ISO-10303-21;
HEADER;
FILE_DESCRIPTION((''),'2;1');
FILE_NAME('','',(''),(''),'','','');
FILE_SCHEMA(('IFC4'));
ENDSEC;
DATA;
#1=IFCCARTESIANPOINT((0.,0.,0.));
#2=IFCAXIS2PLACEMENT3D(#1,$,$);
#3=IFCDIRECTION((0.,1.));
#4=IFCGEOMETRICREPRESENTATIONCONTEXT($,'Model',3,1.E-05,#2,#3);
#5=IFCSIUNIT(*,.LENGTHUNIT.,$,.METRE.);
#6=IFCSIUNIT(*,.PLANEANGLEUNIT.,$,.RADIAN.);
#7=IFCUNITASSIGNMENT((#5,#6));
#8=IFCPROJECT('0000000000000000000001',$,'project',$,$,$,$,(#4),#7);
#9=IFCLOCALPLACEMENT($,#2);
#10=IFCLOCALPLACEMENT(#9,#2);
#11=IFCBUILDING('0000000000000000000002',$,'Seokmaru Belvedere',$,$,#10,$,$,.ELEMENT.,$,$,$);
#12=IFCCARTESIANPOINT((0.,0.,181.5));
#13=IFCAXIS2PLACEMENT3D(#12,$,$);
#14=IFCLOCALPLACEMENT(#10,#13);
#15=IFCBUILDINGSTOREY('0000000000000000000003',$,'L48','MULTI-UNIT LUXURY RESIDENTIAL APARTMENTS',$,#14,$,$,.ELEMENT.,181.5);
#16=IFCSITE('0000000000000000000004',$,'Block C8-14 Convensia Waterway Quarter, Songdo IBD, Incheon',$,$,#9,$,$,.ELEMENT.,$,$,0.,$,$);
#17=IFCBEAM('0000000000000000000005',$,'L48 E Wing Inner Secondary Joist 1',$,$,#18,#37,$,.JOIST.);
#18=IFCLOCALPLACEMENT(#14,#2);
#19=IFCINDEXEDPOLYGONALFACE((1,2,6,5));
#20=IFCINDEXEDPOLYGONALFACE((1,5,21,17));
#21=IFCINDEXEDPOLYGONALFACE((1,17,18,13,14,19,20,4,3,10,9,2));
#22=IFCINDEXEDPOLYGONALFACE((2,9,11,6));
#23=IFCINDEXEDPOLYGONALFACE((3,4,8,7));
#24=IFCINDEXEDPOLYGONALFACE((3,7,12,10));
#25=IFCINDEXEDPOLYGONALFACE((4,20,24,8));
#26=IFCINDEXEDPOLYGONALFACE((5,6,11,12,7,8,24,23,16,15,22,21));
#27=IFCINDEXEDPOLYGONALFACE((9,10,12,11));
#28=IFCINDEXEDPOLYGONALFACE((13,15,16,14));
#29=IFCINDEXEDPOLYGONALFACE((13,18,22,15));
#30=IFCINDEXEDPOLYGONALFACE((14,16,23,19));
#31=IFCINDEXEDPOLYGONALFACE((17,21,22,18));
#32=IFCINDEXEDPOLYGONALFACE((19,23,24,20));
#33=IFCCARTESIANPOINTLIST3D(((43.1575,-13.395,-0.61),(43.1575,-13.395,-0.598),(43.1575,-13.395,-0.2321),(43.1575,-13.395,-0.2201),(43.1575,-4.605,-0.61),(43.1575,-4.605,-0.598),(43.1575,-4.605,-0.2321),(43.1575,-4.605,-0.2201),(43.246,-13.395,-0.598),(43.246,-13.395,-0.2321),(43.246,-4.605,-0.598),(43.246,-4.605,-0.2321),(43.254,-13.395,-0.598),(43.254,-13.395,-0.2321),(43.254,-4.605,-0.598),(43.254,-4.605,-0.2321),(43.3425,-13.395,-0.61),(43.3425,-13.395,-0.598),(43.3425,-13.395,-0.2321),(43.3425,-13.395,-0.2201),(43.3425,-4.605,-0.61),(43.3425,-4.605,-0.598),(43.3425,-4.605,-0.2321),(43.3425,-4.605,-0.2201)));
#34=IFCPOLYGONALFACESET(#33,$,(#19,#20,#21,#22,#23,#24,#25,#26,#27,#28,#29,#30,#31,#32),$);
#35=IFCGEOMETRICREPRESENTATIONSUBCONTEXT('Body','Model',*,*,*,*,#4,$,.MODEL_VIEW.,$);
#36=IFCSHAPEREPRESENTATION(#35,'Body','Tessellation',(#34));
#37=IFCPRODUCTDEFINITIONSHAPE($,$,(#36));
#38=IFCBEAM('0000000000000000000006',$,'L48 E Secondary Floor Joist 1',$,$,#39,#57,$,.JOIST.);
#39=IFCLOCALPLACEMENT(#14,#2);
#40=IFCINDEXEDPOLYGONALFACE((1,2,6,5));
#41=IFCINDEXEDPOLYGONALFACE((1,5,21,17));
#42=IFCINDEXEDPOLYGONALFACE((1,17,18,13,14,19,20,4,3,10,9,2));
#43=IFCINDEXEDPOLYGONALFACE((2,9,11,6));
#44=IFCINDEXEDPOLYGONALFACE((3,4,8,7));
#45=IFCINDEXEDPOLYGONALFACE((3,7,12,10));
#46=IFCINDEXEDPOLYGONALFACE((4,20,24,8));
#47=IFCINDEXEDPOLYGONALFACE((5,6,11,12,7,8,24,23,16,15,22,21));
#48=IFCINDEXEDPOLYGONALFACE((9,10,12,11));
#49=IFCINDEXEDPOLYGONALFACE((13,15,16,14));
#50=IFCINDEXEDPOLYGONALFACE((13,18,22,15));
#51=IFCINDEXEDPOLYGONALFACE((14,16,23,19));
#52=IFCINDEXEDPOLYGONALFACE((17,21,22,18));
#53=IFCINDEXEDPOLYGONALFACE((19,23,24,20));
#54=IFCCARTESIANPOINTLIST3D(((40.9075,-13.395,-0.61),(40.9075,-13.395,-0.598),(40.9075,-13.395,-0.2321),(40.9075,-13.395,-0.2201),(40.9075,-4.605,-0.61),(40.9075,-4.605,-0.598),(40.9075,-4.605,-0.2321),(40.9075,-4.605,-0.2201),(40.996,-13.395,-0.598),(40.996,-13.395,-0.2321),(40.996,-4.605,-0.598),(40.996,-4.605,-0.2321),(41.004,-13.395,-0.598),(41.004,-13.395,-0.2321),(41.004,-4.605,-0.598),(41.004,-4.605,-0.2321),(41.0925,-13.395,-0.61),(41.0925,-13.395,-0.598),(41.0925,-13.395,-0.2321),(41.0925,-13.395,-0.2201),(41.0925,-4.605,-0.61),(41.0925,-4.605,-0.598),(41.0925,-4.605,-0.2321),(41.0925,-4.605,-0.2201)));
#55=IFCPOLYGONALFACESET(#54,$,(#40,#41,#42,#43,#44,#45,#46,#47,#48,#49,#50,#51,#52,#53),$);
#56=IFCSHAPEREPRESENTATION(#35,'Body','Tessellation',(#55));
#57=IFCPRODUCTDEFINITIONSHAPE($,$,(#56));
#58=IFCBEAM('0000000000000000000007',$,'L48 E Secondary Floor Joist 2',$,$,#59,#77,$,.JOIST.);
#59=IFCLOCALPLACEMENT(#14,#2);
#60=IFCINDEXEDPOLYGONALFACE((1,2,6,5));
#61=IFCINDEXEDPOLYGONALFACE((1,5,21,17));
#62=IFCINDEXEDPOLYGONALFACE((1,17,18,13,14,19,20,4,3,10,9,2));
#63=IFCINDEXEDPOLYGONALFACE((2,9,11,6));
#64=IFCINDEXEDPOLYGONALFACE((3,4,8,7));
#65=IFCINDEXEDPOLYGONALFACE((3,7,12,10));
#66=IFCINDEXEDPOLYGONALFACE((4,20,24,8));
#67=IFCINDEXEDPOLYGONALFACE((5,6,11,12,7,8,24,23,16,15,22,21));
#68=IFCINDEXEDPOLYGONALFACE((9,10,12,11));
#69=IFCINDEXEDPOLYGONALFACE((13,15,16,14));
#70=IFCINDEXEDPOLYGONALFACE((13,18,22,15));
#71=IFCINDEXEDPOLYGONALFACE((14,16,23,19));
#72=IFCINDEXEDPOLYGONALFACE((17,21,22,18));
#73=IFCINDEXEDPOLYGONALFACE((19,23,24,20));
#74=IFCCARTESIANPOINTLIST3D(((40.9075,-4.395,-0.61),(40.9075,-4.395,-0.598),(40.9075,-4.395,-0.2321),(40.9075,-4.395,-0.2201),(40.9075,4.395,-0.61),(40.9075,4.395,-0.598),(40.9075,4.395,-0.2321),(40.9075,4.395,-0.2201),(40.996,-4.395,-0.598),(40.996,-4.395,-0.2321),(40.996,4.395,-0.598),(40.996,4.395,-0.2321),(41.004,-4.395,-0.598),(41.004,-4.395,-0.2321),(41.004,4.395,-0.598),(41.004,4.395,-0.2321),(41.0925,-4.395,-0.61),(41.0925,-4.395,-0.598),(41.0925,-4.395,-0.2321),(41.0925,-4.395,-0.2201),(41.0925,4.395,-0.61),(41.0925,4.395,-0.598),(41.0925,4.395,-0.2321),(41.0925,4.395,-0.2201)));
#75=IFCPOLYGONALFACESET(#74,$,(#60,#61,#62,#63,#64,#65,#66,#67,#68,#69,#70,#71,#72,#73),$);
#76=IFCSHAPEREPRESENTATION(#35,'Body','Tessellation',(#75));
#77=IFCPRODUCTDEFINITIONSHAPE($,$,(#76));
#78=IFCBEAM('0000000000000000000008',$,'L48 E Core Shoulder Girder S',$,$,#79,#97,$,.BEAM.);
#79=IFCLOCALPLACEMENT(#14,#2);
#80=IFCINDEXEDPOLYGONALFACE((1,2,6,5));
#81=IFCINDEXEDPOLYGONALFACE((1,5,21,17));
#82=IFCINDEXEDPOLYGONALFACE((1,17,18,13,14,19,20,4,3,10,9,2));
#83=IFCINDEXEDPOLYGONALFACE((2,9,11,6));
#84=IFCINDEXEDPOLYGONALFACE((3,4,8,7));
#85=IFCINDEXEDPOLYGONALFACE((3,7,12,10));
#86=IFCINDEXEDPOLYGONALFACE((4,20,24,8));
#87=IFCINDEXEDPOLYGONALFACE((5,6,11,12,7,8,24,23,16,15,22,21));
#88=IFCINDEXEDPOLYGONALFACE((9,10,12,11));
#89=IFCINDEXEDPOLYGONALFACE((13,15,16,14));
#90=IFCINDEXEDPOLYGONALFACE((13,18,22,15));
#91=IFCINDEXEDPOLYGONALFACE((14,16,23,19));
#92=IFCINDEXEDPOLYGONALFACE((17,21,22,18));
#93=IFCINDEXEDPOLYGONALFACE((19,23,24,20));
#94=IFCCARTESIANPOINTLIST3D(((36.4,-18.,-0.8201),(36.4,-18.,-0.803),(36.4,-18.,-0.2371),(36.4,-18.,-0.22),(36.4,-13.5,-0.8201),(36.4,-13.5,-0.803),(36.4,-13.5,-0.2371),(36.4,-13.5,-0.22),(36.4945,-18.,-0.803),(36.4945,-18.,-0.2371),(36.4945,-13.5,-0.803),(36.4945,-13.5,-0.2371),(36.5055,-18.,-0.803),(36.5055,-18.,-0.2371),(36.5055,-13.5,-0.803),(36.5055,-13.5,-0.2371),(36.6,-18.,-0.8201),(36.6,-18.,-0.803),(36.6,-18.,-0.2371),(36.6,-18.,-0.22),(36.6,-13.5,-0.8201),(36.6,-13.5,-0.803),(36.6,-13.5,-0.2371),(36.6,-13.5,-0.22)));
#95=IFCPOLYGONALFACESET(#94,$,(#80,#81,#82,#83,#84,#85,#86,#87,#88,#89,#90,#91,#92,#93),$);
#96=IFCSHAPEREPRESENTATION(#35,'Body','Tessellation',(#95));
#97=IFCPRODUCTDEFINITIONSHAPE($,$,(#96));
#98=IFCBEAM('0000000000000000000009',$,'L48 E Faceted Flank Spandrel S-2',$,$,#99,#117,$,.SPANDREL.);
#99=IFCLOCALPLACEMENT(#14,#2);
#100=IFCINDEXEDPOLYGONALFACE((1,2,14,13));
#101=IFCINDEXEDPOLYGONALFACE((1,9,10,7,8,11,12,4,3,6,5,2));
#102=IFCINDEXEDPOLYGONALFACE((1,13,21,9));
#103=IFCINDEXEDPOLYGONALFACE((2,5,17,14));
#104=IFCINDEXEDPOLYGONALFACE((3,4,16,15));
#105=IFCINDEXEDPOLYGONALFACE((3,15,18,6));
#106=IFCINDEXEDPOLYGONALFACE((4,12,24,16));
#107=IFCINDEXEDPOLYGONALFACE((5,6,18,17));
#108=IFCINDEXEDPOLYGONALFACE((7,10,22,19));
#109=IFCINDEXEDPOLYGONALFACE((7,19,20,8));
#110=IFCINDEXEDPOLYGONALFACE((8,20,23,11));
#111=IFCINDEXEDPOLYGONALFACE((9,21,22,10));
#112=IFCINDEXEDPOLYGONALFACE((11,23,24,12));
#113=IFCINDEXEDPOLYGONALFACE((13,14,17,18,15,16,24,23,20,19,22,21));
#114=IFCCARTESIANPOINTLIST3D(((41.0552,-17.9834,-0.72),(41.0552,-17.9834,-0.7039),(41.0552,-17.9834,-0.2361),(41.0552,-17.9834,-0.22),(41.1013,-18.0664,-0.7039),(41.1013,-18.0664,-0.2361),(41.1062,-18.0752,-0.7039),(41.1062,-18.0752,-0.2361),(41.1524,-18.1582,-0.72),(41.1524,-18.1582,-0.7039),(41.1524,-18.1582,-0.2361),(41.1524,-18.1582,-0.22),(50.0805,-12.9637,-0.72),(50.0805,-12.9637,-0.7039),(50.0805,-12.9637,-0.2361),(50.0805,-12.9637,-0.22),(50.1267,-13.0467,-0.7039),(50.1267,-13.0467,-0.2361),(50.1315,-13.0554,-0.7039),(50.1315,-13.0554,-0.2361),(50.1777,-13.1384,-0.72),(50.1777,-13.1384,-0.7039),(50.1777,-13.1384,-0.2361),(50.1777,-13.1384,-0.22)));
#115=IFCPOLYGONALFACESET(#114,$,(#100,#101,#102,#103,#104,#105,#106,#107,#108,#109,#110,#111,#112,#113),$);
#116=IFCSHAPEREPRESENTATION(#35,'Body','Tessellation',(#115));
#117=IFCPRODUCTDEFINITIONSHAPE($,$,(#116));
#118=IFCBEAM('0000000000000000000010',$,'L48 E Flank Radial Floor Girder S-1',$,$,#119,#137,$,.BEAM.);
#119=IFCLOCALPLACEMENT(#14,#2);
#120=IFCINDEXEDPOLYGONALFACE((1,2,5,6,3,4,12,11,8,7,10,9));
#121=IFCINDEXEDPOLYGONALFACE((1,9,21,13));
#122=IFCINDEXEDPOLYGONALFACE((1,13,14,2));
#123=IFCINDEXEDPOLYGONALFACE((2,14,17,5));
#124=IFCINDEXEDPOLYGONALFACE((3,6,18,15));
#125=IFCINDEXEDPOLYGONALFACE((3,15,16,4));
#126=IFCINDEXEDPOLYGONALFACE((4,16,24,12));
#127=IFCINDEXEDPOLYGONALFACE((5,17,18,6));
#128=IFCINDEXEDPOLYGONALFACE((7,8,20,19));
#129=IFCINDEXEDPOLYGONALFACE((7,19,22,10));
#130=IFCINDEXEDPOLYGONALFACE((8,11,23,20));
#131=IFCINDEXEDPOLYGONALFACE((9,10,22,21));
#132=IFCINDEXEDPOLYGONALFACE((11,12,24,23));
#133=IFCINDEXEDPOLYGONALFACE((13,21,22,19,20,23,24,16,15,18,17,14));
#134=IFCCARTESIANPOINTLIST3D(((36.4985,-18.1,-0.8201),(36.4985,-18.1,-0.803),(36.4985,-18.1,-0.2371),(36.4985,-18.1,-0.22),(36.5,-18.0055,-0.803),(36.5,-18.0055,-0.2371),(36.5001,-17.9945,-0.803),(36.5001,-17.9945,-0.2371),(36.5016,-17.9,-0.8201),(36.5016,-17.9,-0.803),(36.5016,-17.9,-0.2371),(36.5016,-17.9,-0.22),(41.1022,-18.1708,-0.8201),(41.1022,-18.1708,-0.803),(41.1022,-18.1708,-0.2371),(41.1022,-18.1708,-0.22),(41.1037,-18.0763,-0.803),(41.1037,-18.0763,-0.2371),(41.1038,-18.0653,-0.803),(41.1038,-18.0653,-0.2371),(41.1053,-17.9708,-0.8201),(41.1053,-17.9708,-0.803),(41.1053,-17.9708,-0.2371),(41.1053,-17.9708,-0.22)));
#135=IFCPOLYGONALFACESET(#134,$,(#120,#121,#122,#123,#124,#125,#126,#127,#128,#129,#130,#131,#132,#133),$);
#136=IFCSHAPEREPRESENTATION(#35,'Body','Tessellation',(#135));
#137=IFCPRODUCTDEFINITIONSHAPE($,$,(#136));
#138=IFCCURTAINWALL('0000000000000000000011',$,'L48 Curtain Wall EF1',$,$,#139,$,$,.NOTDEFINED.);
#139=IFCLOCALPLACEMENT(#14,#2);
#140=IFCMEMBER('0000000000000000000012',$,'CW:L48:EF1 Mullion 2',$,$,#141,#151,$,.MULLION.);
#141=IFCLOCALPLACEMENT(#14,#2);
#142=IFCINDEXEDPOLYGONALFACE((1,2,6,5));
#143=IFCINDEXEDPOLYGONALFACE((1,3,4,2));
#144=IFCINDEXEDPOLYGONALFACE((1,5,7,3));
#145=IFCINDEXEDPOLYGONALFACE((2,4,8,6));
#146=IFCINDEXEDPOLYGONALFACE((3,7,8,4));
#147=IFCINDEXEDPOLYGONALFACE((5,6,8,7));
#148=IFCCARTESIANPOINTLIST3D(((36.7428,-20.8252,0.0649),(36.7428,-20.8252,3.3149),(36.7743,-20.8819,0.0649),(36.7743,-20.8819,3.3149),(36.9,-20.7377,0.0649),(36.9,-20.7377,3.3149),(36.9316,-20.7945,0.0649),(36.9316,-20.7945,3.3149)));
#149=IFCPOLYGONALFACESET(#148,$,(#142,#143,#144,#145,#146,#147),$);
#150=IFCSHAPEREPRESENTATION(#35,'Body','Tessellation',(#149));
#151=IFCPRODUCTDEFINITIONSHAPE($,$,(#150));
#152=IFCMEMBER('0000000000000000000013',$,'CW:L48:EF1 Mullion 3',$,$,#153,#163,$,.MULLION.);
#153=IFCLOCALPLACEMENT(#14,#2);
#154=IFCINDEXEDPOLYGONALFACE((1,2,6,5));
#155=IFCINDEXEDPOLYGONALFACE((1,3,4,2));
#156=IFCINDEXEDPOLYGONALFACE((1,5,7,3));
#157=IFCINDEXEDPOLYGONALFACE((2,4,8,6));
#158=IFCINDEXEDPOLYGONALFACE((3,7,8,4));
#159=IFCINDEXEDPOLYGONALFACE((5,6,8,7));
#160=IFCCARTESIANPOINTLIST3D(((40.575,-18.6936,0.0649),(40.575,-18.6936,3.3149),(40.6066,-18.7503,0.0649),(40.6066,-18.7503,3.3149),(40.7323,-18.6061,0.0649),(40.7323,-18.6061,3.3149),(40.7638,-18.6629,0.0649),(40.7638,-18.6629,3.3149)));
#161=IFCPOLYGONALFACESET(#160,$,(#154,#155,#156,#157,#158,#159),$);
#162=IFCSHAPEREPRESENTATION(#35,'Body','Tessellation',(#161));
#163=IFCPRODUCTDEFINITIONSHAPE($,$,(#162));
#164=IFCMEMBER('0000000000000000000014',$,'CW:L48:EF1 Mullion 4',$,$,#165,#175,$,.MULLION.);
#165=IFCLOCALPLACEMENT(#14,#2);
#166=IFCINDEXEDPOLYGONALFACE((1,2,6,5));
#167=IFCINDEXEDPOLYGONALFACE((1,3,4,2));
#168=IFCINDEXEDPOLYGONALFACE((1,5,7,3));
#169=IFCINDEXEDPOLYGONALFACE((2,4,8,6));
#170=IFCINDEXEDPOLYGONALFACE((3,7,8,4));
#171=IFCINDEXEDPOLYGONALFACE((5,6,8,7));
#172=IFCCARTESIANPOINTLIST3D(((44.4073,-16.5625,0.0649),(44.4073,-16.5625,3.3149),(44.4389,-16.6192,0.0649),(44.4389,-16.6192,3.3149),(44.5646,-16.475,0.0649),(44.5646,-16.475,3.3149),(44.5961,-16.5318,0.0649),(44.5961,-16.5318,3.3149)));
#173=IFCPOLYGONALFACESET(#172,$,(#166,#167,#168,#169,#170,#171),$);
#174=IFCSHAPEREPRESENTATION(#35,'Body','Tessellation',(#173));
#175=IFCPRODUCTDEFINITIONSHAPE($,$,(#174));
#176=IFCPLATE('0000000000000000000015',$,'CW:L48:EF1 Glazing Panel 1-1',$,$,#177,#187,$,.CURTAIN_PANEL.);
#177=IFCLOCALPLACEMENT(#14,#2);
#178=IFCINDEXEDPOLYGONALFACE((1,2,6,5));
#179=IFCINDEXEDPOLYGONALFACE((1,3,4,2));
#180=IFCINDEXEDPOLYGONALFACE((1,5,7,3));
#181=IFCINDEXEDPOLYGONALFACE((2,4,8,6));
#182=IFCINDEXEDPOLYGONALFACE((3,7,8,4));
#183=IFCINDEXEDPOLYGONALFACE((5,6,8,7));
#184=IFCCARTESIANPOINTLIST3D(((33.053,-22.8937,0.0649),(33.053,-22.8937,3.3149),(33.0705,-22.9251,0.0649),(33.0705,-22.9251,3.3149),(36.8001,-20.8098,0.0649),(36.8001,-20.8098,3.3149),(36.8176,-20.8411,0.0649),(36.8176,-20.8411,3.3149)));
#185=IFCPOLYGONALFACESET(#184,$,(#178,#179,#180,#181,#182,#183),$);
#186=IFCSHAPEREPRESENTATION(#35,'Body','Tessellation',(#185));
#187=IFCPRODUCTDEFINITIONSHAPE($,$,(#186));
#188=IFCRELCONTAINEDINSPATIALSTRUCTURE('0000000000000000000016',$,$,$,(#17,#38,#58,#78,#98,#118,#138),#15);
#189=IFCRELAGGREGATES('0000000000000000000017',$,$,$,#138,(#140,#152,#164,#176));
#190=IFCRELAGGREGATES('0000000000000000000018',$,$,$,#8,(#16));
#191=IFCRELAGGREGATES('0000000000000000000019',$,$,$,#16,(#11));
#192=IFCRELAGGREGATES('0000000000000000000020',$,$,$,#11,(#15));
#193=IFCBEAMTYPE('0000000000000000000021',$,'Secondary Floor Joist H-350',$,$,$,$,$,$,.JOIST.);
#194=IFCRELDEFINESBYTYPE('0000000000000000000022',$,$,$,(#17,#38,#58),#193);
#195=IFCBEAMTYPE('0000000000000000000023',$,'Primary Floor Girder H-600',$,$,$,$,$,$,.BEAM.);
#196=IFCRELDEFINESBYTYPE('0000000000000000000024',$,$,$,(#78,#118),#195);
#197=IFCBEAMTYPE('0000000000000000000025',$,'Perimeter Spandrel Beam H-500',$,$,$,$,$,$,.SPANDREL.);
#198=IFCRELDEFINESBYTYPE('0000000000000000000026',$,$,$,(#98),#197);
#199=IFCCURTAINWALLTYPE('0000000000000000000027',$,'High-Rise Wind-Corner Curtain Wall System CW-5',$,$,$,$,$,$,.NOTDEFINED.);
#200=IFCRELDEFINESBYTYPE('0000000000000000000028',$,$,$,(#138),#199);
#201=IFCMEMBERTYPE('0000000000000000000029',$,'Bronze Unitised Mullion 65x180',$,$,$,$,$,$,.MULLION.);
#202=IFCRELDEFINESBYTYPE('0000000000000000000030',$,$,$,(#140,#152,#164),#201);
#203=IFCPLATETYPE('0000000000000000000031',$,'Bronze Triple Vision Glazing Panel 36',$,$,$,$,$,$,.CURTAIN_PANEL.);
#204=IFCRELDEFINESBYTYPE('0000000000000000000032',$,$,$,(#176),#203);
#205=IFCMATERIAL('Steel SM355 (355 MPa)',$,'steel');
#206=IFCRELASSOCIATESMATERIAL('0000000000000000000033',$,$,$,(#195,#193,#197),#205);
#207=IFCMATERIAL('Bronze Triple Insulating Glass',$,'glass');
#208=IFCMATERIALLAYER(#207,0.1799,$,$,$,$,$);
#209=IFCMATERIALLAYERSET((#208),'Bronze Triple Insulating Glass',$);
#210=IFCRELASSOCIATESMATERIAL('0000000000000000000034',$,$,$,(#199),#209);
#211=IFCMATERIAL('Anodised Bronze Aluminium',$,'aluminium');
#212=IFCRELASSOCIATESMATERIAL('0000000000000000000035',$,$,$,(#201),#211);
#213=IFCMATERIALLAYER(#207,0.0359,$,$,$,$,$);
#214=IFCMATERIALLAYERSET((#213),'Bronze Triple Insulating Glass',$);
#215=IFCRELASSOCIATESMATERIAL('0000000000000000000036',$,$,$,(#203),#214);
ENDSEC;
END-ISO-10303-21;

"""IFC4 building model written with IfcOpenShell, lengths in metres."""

from ifc_helpers import new_model, si_unit, direction, frame, origin, origin_2d, place, context, subcontext, project, spatial, rectangle, i_section, extrude, source, transform, mapped, material, layer, layer_set, material_profile, profile_set, type_object, type_shapes, element, aggregate, save


model = new_model("IFC4")

# Units and contexts
model_context = context("Model", 3, precision=1e-05, world=origin(), true_north=direction((0.0, 1.0)))
body_context = subcontext(model_context, "Body", "Model", "MODEL_VIEW")
ifc_project = project(units=[si_unit("LENGTHUNIT", "METRE"), si_unit("PLANEANGLEUNIT", "RADIAN")], contexts=[model_context])

# Site, building, storey
site_placement = place(None, origin())
site = spatial("IfcSite", under=ifc_project, at=site_placement, Name="Block C8-14 Convensia Waterway Quarter, Songdo IBD, Incheon", CompositionType="ELEMENT", RefElevation=0.0)
building_placement = place(site_placement, origin())
building = spatial("IfcBuilding", under=site, at=building_placement, Name="Seokmaru Belvedere", CompositionType="ELEMENT")
storey_placement = place(building_placement, frame((0.0, 0.0, 181.5)))
storey = spatial("IfcBuildingStorey", under=building, at=storey_placement, Name="L48", Description="MULTI-UNIT LUXURY RESIDENTIAL APARTMENTS", CompositionType="ELEMENT", Elevation=181.5)

# Shared definitions
ifc_material_1 = material(Name="Steel SM355 (355 MPa)", Category="steel")

# Beams
ifc_material_profile_1 = material_profile(ifc_material_1, i_section(OverallWidth=0.2, OverallDepth=0.6001, WebThickness=0.011, FlangeThickness=0.0171, at=origin_2d()), Name="H-600x200x11x17")
ifc_profile_set_1 = profile_set([ifc_material_profile_1], Name="Steel SM355 (355 MPa)")
beam_type_1 = type_object("IfcBeamType", Name="Primary Floor Girder H-600", PredefinedType="BEAM", material=ifc_profile_set_1)
ifc_material_profile_2 = material_profile(ifc_material_1, i_section(OverallWidth=0.1851, OverallDepth=0.3899, WebThickness=0.0081, FlangeThickness=0.012, at=origin_2d()), Name="H-390x185x8x12")
ifc_profile_set_2 = profile_set([ifc_material_profile_2], Name="Steel SM355 (355 MPa)")
beam_type_2 = type_object("IfcBeamType", Name="Secondary Floor Joist H-350", PredefinedType="JOIST", material=ifc_profile_set_2)
shared_shape_1 = source(origin(), body_context, "Body", "SweptSolid", [
    extrude(i_section(OverallWidth=0.1851, OverallDepth=0.3899, WebThickness=0.0081, FlangeThickness=0.012, at=origin_2d()), origin(), (0.0, 0.0, 1.0), 8.79),
])
type_shapes(beam_type_2, [shared_shape_1])
for number, where, z_axis, x_axis, name in (
    (1, (43.25, -13.395, -0.415), (0.0, 1.0, 0.0), (-1.0, 0.0, 0.0), "L48 E Wing Inner Secondary Joist 1"),
    (2, (41.0, -13.395, -0.415), (0.0, 1.0, 0.0), (-1.0, 0.0, 0.0), "L48 E Secondary Floor Joist 1"),
    (3, (41.0, -4.395, -0.415), (0.0, 1.0, 0.0), (-1.0, 0.0, 0.0), "L48 E Secondary Floor Joist 2"),
):
    element("IfcBeam", number, at=place(storey_placement, frame(where, z_axis=z_axis, x_axis=x_axis)), inside=storey, type_object=beam_type_2, Name=name, PredefinedType="JOIST", context=body_context, shape_type="MappedRepresentation", body=[
        mapped(shared_shape_1, transform((0.0, 0.0, 0.0), scale=1.0)),
    ])
shared_shape_2 = source(origin(), body_context, "Body", "SweptSolid", [
    extrude(i_section(OverallWidth=0.2, OverallDepth=0.6001, WebThickness=0.011, FlangeThickness=0.0171, at=origin_2d()), origin(), (0.0, 0.0, 1.0), 4.5),
])
beam_1_placement = place(storey_placement, frame((36.5, -18.0, -0.52), z_axis=(0.0, 1.0, 0.0), x_axis=(-1.0, 0.0, 0.0)))
element("IfcBeam", 4, at=beam_1_placement, inside=storey, type_object=beam_type_1, Name="L48 E Core Shoulder Girder S", PredefinedType="BEAM", context=body_context, shape_type="MappedRepresentation", body=[
    mapped(shared_shape_2, transform((0.0, 0.0, 0.0), scale=1.0)),
])
ifc_material_profile_3 = material_profile(ifc_material_1, i_section(OverallWidth=0.2, OverallDepth=0.5, WebThickness=0.01, FlangeThickness=0.0161, at=origin_2d()), Name="H-500x200x10x16")
ifc_profile_set_3 = profile_set([ifc_material_profile_3], Name="Steel SM355 (355 MPa)")
beam_type_3 = type_object("IfcBeamType", Name="Perimeter Spandrel Beam H-500", PredefinedType="SPANDREL", material=ifc_profile_set_3)
shared_shape_3 = source(origin(), body_context, "Body", "SweptSolid", [
    extrude(i_section(OverallWidth=0.2, OverallDepth=0.5, WebThickness=0.01, FlangeThickness=0.0161, at=origin_2d()), origin(), (0.0, 0.0, 1.0), 10.3274),
])
type_shapes(beam_type_3, [shared_shape_3])
beam_2_placement = place(storey_placement, frame((41.1038, -18.0708, -0.47), z_axis=(0.873924, 0.486062, 0.0), x_axis=(-0.486062, 0.873924, 0.0)))
element("IfcBeam", 5, at=beam_2_placement, inside=storey, type_object=beam_type_3, Name="L48 E Faceted Flank Spandrel S-2", PredefinedType="SPANDREL", context=body_context, shape_type="MappedRepresentation", body=[
    mapped(shared_shape_3, transform((0.0, 0.0, 0.0), scale=1.0)),
])
shared_shape_4 = source(origin(), body_context, "Body", "SweptSolid", [
    extrude(i_section(OverallWidth=0.2, OverallDepth=0.6001, WebThickness=0.011, FlangeThickness=0.0171, at=origin_2d()), origin(), (0.0, 0.0, 1.0), 4.6042),
])
beam_3_placement = place(storey_placement, frame((41.1038, -18.0708, -0.52), z_axis=(-0.999882, 0.015377, 0.0), x_axis=(-0.015377, -0.999882, 0.0)))
element("IfcBeam", 6, at=beam_3_placement, inside=storey, type_object=beam_type_1, Name="L48 E Flank Radial Floor Girder S-1", PredefinedType="BEAM", context=body_context, shape_type="MappedRepresentation", body=[
    mapped(shared_shape_4, transform((0.0, 0.0, 0.0), scale=1.0)),
])

# Curtain wall, members, plate
ifc_material_2 = material(Name="Bronze Triple Insulating Glass", Category="glass")
ifc_layer_1 = layer(ifc_material_2, 0.1799)
ifc_layer_set_1 = layer_set([ifc_layer_1], Name="Bronze Triple Insulating Glass")
curtain_wall_type = type_object("IfcCurtainWallType", Name="High-Rise Wind-Corner Curtain Wall System CW-5", PredefinedType="NOTDEFINED", material=ifc_layer_set_1)
curtain_wall_placement = place(storey_placement, origin())
curtain_wall = element("IfcCurtainWall", 7, at=curtain_wall_placement, inside=storey, type_object=curtain_wall_type, Name="L48 Curtain Wall EF1", PredefinedType="NOTDEFINED")
ifc_material_3 = material(Name="Anodised Bronze Aluminium", Category="aluminium")
ifc_material_profile_4 = material_profile(ifc_material_3, rectangle(XDim=0.0649, YDim=0.1799, at=origin_2d()), Name="CW-M-65x180")
ifc_profile_set_4 = profile_set([ifc_material_profile_4], Name="Anodised Bronze Aluminium")
member_type = type_object("IfcMemberType", Name="Bronze Unitised Mullion 65x180", PredefinedType="MULLION", material=ifc_profile_set_4)
shared_shape_5 = source(origin(), body_context, "Body", "SweptSolid", [
    extrude(rectangle(XDim=0.0649, YDim=0.1799, at=origin_2d()), origin(), (0.0, 0.0, 1.0), 3.25),
])
type_shapes(member_type, [shared_shape_5])
member_1_placement = place(storey_placement, frame((36.8372, -20.8098, 0.0649), z_axis=(0.0, 0.0, 1.0), x_axis=(-0.486047, 0.873933, 0.0)))
member_1 = element("IfcMember", 8, at=member_1_placement, type_object=member_type, Name="CW:L48:EF1 Mullion 2", PredefinedType="MULLION", context=body_context, shape_type="MappedRepresentation", body=[
    mapped(shared_shape_5, transform((0.0, 0.0, 0.0), scale=1.0)),
])
member_2_placement = place(storey_placement, frame((40.6694, -18.6782, 0.0649), z_axis=(0.0, 0.0, 1.0), x_axis=(-0.486047, 0.873933, 0.0)))
member_2 = element("IfcMember", 9, at=member_2_placement, type_object=member_type, Name="CW:L48:EF1 Mullion 3", PredefinedType="MULLION", context=body_context, shape_type="MappedRepresentation", body=[
    mapped(shared_shape_5, transform((0.0, 0.0, 0.0), scale=1.0)),
])
member_3_placement = place(storey_placement, frame((44.5017, -16.5471, 0.0649), z_axis=(0.0, 0.0, 1.0), x_axis=(-0.486047, 0.873933, 0.0)))
member_3 = element("IfcMember", 10, at=member_3_placement, type_object=member_type, Name="CW:L48:EF1 Mullion 4", PredefinedType="MULLION", context=body_context, shape_type="MappedRepresentation", body=[
    mapped(shared_shape_5, transform((0.0, 0.0, 0.0), scale=1.0)),
])
ifc_layer_2 = layer(ifc_material_2, 0.0359)
ifc_layer_set_2 = layer_set([ifc_layer_2], Name="Bronze Triple Insulating Glass")
plate_type = type_object("IfcPlateType", Name="Bronze Triple Vision Glazing Panel 36", PredefinedType="CURTAIN_PANEL", material=ifc_layer_set_2)
shared_shape_6 = source(origin(), body_context, "Body", "SweptSolid", [
    extrude(rectangle(XDim=4.2876, YDim=0.0359, at=origin_2d()), origin(), (0.0, 0.0, 1.0), 3.25),
])
plate_1_placement = place(storey_placement, frame((34.9353, -21.8674, 0.0649), z_axis=(0.0, 0.0, 1.0), x_axis=(0.873933, 0.486047, 0.0)))
plate_1 = element("IfcPlate", 11, at=plate_1_placement, type_object=plate_type, Name="CW:L48:EF1 Glazing Panel 1-1", PredefinedType="CURTAIN_PANEL", context=body_context, shape_type="MappedRepresentation", body=[
    mapped(shared_shape_6, transform((0.0, 0.0, 0.0), scale=1.0)),
])
aggregate(curtain_wall, [member_1, member_2, member_3, plate_1])

save(model, "model.ifc")
